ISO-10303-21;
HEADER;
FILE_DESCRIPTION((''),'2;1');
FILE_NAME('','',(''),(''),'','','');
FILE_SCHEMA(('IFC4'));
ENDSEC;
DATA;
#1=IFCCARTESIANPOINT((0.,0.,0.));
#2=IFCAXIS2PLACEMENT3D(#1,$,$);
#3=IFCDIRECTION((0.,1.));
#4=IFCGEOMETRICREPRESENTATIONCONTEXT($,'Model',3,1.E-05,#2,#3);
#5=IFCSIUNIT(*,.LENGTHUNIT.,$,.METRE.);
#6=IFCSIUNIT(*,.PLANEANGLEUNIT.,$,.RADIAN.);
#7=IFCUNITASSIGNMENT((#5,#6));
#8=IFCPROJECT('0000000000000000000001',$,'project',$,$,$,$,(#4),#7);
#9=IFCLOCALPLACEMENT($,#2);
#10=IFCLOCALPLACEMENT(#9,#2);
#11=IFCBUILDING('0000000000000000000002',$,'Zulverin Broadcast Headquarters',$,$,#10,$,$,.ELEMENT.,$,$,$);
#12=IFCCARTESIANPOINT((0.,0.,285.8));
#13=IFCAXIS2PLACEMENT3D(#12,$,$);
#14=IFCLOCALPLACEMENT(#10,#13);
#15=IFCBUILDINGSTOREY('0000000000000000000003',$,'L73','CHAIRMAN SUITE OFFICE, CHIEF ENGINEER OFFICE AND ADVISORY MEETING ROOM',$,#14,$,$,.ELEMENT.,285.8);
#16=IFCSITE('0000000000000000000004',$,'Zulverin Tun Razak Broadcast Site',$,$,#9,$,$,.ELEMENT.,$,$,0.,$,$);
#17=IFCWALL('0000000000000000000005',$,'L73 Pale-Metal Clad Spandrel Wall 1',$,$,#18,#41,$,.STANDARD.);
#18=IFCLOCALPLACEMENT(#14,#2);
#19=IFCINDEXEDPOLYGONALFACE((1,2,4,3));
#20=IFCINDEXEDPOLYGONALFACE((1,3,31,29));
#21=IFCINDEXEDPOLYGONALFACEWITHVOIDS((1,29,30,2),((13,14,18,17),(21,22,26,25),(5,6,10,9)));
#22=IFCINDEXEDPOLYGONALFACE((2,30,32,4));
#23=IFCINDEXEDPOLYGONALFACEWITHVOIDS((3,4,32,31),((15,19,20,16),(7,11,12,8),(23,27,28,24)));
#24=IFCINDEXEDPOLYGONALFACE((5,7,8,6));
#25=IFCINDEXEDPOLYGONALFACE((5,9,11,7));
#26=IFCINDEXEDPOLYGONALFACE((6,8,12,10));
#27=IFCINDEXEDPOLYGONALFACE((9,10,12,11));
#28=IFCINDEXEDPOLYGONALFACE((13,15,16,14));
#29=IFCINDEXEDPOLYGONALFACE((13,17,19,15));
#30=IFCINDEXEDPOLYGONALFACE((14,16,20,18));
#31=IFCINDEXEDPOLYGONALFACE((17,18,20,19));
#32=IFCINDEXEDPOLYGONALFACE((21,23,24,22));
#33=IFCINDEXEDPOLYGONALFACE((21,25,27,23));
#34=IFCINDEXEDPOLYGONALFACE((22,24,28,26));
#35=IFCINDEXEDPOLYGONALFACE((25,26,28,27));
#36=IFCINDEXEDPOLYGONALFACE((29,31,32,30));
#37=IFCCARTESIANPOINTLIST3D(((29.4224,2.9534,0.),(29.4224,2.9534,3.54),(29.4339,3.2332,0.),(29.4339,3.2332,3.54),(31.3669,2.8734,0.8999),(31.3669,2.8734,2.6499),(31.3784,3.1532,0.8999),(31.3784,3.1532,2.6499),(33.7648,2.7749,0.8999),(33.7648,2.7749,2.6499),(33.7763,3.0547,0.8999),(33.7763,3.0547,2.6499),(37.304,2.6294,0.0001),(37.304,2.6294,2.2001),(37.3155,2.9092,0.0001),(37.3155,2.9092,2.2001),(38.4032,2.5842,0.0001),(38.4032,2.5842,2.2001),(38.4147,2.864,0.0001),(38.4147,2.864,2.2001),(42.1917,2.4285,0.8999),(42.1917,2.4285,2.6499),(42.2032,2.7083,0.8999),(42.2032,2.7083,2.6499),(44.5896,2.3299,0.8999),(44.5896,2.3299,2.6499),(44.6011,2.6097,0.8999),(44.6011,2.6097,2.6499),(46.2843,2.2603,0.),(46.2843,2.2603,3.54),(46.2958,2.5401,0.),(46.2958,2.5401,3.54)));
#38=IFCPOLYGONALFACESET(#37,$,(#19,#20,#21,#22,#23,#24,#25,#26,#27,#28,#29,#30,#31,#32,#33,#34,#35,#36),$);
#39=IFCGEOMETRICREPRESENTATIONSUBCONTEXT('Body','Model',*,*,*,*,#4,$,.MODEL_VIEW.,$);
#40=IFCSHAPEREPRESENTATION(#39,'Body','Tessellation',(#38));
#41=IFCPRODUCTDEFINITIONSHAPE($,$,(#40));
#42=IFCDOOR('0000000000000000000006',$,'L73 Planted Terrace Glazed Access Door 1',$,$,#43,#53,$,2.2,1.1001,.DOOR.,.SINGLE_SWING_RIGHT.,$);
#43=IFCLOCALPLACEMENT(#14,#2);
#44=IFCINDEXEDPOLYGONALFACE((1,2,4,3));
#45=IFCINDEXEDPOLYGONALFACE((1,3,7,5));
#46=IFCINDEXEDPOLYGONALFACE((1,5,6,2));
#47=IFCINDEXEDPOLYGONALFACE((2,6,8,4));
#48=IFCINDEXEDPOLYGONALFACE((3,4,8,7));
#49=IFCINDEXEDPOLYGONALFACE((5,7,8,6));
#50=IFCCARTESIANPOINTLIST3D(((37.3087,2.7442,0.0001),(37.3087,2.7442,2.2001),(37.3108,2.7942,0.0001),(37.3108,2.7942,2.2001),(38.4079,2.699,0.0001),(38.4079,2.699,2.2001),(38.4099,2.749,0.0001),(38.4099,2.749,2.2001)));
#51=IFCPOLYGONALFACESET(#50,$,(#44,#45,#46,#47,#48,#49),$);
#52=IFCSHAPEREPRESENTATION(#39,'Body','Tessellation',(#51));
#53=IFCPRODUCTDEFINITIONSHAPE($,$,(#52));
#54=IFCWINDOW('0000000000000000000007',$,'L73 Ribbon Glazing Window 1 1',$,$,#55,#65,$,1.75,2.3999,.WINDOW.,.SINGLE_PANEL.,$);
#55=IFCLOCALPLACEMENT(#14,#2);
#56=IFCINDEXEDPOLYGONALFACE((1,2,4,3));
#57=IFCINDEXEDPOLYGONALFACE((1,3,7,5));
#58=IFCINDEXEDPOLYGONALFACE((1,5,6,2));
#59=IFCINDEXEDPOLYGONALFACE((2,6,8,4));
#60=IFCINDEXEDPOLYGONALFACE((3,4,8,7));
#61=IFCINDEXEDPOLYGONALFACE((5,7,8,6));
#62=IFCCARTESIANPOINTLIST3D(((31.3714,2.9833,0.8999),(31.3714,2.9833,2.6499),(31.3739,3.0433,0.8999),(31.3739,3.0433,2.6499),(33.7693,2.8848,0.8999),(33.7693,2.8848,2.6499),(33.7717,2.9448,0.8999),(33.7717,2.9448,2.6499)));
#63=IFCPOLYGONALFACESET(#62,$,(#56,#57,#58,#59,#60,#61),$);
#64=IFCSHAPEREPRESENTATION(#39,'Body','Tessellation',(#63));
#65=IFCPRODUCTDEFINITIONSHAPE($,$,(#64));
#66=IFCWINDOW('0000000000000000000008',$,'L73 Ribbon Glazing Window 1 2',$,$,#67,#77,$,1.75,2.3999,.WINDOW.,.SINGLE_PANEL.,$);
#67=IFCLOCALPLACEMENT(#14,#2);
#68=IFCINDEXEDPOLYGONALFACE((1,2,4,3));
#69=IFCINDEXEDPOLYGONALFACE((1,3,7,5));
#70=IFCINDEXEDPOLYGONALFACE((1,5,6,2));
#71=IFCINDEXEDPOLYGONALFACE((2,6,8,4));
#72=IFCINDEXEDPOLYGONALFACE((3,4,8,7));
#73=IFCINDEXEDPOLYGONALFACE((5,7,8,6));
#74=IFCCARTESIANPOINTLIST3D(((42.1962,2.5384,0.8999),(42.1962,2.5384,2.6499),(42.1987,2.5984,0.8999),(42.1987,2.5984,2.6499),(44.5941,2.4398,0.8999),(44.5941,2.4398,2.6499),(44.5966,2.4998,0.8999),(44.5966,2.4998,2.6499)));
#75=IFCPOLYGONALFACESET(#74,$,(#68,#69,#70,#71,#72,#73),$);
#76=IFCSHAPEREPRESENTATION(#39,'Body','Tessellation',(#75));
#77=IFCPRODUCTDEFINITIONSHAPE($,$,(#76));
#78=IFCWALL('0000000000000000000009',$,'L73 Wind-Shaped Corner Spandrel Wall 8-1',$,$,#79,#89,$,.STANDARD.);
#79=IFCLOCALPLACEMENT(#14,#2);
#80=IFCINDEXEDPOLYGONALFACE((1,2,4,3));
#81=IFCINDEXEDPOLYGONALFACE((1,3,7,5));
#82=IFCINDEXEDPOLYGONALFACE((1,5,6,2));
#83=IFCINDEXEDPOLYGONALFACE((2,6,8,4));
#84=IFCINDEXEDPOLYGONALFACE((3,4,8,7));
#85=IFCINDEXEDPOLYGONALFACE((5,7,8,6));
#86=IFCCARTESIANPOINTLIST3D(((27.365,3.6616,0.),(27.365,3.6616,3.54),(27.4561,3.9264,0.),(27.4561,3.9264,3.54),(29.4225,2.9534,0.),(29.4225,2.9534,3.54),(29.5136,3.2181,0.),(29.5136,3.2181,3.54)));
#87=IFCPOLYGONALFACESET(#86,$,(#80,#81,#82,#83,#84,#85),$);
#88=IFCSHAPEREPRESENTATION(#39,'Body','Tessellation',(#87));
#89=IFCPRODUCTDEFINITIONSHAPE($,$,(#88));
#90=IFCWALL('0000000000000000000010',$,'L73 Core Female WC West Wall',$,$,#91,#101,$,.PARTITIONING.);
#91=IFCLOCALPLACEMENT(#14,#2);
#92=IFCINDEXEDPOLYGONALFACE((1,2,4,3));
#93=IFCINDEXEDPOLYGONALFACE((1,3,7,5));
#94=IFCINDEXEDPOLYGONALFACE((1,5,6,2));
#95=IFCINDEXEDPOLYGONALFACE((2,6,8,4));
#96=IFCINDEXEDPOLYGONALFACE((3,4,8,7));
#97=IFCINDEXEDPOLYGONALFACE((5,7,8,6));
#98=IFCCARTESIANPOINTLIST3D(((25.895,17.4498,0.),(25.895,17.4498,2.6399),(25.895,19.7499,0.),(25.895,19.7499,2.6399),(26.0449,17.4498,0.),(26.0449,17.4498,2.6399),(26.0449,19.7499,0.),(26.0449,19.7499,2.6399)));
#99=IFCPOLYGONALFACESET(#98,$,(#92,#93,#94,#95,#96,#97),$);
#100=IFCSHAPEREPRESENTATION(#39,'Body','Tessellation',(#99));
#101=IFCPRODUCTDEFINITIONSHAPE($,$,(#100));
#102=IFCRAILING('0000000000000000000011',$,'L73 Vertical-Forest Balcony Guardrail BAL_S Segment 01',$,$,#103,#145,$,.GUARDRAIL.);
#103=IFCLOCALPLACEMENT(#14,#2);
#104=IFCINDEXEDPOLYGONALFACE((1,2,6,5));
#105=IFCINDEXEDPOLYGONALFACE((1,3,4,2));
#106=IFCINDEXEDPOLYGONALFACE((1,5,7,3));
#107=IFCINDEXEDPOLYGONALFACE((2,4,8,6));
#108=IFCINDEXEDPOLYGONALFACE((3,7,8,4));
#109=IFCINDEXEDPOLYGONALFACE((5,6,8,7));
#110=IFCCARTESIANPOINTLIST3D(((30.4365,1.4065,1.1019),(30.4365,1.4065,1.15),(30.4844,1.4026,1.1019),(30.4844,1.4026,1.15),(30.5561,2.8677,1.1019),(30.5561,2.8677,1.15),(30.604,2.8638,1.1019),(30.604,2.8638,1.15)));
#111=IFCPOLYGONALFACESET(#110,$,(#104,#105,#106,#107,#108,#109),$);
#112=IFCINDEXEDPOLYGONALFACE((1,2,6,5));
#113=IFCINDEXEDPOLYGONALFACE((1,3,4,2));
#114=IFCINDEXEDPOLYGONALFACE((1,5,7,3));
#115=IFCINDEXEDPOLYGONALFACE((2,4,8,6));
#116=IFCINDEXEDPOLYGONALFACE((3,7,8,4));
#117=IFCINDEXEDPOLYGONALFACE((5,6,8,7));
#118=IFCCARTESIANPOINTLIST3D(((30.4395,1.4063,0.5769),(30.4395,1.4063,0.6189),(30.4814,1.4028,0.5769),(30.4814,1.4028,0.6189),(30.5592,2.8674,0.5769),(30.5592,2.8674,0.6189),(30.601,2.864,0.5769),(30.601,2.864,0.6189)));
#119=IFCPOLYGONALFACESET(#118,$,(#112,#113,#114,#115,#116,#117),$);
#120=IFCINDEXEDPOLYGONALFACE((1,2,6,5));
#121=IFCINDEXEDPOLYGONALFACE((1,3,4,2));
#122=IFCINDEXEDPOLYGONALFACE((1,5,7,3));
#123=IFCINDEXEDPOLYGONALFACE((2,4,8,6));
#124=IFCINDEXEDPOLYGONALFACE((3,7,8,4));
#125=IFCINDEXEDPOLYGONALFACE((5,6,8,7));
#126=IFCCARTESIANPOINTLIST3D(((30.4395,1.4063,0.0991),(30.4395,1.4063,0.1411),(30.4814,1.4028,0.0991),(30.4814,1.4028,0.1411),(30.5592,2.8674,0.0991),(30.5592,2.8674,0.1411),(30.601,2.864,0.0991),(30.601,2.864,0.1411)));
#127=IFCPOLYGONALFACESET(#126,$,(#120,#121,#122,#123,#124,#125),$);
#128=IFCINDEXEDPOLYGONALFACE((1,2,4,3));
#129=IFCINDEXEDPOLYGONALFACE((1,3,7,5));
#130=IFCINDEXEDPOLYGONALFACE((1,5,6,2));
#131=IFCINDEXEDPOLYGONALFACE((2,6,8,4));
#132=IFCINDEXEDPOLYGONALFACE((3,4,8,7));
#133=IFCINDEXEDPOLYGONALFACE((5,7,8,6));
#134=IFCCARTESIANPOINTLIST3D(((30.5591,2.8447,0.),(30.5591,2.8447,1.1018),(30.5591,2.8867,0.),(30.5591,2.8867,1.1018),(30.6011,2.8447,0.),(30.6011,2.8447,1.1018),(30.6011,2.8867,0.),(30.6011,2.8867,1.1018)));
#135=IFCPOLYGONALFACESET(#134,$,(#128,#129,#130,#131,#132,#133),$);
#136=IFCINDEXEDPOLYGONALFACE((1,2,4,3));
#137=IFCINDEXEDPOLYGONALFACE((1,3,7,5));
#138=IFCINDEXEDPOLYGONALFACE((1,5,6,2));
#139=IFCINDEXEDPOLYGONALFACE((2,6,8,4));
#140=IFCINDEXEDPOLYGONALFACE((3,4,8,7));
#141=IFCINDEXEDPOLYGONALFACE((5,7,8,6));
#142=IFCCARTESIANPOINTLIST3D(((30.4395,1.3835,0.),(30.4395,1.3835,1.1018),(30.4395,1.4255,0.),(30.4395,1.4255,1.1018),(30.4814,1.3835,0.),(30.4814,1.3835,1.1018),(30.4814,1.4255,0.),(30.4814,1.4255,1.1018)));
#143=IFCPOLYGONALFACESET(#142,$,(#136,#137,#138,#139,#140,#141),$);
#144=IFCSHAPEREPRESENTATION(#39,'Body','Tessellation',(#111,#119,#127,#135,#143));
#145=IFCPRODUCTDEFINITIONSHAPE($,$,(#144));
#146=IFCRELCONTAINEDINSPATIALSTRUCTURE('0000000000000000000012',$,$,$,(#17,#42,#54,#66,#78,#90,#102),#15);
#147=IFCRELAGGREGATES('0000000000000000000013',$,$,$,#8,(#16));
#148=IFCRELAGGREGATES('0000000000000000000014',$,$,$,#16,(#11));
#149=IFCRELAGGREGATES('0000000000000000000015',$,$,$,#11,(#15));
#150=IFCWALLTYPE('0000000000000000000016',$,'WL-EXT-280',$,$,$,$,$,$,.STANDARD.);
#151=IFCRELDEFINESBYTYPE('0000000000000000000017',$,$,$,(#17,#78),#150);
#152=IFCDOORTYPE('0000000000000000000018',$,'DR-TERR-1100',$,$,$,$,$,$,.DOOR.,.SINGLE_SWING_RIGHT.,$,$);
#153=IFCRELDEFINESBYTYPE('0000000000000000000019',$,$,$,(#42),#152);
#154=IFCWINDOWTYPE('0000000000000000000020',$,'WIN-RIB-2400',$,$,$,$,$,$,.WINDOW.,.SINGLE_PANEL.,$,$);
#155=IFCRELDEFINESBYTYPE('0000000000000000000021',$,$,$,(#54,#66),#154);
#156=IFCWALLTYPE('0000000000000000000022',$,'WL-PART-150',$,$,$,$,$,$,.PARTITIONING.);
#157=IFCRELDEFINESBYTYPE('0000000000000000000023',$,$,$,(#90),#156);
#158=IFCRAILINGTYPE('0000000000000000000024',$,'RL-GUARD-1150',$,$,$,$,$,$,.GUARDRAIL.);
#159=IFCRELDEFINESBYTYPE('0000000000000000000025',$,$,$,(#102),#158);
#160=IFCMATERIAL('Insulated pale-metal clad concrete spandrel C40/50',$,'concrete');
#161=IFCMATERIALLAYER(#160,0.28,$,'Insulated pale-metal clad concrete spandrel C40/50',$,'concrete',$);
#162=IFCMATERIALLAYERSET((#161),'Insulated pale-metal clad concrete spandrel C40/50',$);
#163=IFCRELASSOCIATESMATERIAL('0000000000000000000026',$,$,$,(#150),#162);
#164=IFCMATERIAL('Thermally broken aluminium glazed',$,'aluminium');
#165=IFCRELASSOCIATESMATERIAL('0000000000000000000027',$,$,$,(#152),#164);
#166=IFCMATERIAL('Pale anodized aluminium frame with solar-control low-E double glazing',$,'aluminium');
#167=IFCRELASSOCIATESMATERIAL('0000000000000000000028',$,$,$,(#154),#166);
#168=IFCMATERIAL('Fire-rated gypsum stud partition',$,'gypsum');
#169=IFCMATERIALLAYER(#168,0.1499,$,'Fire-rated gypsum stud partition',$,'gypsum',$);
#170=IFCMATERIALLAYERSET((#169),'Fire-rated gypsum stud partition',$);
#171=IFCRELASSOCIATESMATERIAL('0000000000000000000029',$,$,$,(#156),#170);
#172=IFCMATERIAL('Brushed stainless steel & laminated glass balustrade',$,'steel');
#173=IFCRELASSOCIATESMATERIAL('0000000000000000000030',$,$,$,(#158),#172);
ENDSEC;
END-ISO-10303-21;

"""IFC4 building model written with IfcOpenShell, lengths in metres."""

from ifc_helpers import new_model, si_unit, direction, frame, frame_2d, origin, origin_2d, place, context, subcontext, project, spatial, rectangle, extrude, material, layer, layer_set, type_object, element, fill, save


model = new_model("IFC4")

# Units and contexts
model_context = context("Model", 3, precision=1e-05, world=origin(), true_north=direction((0.0, 1.0)))
body_context = subcontext(model_context, "Body", "Model", "MODEL_VIEW")
ifc_project = project(units=[si_unit("LENGTHUNIT", "METRE"), si_unit("PLANEANGLEUNIT", "RADIAN")], contexts=[model_context])

# Site, building, storey
site_placement = place(None, origin())
site = spatial("IfcSite", under=ifc_project, at=site_placement, Name="Zulverin Tun Razak Broadcast Site", CompositionType="ELEMENT", RefElevation=0.0)
building_placement = place(site_placement, origin())
building = spatial("IfcBuilding", under=site, at=building_placement, Name="Zulverin Broadcast Headquarters", CompositionType="ELEMENT")
storey_placement = place(building_placement, frame((0.0, 0.0, 285.8)))
storey = spatial("IfcBuildingStorey", under=building, at=storey_placement, Name="L73", Description="CHAIRMAN SUITE OFFICE, CHIEF ENGINEER OFFICE AND ADVISORY MEETING ROOM", CompositionType="ELEMENT", Elevation=285.8)

# Wall, openings, door, windows
ifc_material_1 = material(Name="Insulated pale-metal clad concrete spandrel C40/50", Category="concrete")
ifc_layer_1 = layer(ifc_material_1, 0.28, Name="Insulated pale-metal clad concrete spandrel C40/50", Category="concrete")
ifc_layer_set_1 = layer_set([ifc_layer_1], Name="Insulated pale-metal clad concrete spandrel C40/50")
wall_type_1 = type_object("IfcWallType", Name="WL-EXT-280", PredefinedType="STANDARD", material=ifc_layer_set_1)
wall_1_placement = place(storey_placement, frame((29.4282, 3.0933, 0.0), z_axis=(0.0, 0.0, 1.0), x_axis=(0.999156, -0.04107, 0.0)))
wall_1 = element("IfcWall", 1, at=wall_1_placement, inside=storey, type_object=wall_type_1, Name="L73 Pale-Metal Clad Spandrel Wall 1", PredefinedType="STANDARD", context=body_context, shape_type="SweptSolid", body=[
    extrude(rectangle(XDim=16.8762, YDim=0.28, at=frame_2d((8.438, 0.0))), origin(), (0.0, 0.0, 1.0), 3.54),
])
opening_1_placement = place(wall_1_placement, frame((7.8882, 0.0, 0.0)))
opening_1 = element("IfcOpeningElement", 2, at=opening_1_placement, cuts=wall_1, PredefinedType="OPENING", context=body_context, shape_type="SweptSolid", body=[
    extrude(rectangle(XDim=1.1001, YDim=2.2, at=frame_2d((0.55, 1.1001))), frame((0.0, 0.1499, 0.0), z_axis=(0.0, -1.0, 0.0), x_axis=(1.0, 0.0, 0.0)), (0.0, 0.0, 1.0), 0.3),
])
opening_2_placement = place(wall_1_placement, frame((1.946, 0.0, 0.8999)))
opening_2 = element("IfcOpeningElement", 3, at=opening_2_placement, cuts=wall_1, PredefinedType="OPENING", context=body_context, shape_type="SweptSolid", body=[
    extrude(rectangle(XDim=2.3999, YDim=1.75, at=frame_2d((1.2, 0.875))), frame((0.0, 0.1499, 0.0), z_axis=(0.0, -1.0, 0.0), x_axis=(1.0, 0.0, 0.0)), (0.0, 0.0, 1.0), 0.3),
])
opening_3_placement = place(wall_1_placement, frame((12.78, 0.0, 0.8999)))
opening_3 = element("IfcOpeningElement", 4, at=opening_3_placement, cuts=wall_1, PredefinedType="OPENING", context=body_context, shape_type="SweptSolid", body=[
    extrude(rectangle(XDim=2.3999, YDim=1.75, at=frame_2d((1.2, 0.875))), frame((0.0, 0.1499, 0.0), z_axis=(0.0, -1.0, 0.0), x_axis=(1.0, 0.0, 0.0)), (0.0, 0.0, 1.0), 0.3),
])
ifc_material_2 = material(Name="Thermally broken aluminium glazed", Category="aluminium")
door_type = type_object("IfcDoorType", Name="DR-TERR-1100", OperationType="SINGLE_SWING_RIGHT", PredefinedType="DOOR", material=ifc_material_2)
door_placement = place(opening_1_placement, origin())
door = element("IfcDoor", 5, at=door_placement, inside=storey, type_object=door_type, Name="L73 Planted Terrace Glazed Access Door 1", OperationType="SINGLE_SWING_RIGHT", OverallHeight=2.2, OverallWidth=1.1001, PredefinedType="DOOR", context=body_context, shape_type="SweptSolid", body=[
    extrude(rectangle(XDim=1.1001, YDim=2.2, at=frame_2d((0.55, 1.1001))), frame((0.0, 0.0249, 0.0), z_axis=(0.0, -1.0, 0.0), x_axis=(1.0, 0.0, 0.0)), (0.0, 0.0, 1.0), 0.05),
])
fill(opening_1, door)
ifc_material_3 = material(Name="Pale anodized aluminium frame with solar-control low-E double glazing", Category="aluminium")
window_type = type_object("IfcWindowType", Name="WIN-RIB-2400", PartitioningType="SINGLE_PANEL", PredefinedType="WINDOW", material=ifc_material_3)
window_1_placement = place(opening_2_placement, origin())
window_1 = element("IfcWindow", 6, at=window_1_placement, inside=storey, type_object=window_type, Name="L73 Ribbon Glazing Window 1 1", OverallHeight=1.75, OverallWidth=2.3999, PartitioningType="SINGLE_PANEL", PredefinedType="WINDOW", context=body_context, shape_type="SweptSolid", body=[
    extrude(rectangle(XDim=2.3999, YDim=1.75, at=frame_2d((1.2, 0.875))), frame((0.0, 0.03, 0.0), z_axis=(0.0, -1.0, 0.0), x_axis=(1.0, 0.0, 0.0)), (0.0, 0.0, 1.0), 0.0601),
])
fill(opening_2, window_1)
window_2_placement = place(opening_3_placement, origin())
window_2 = element("IfcWindow", 7, at=window_2_placement, inside=storey, type_object=window_type, Name="L73 Ribbon Glazing Window 1 2", OverallHeight=1.75, OverallWidth=2.3999, PartitioningType="SINGLE_PANEL", PredefinedType="WINDOW", context=body_context, shape_type="SweptSolid", body=[
    extrude(rectangle(XDim=2.3999, YDim=1.75, at=frame_2d((1.2, 0.875))), frame((0.0, 0.03, 0.0), z_axis=(0.0, -1.0, 0.0), x_axis=(1.0, 0.0, 0.0)), (0.0, 0.0, 1.0), 0.0601),
])
fill(opening_3, window_2)

# Walls
wall_2_placement = place(storey_placement, frame((27.4106, 3.7939, 0.0), z_axis=(0.0, 0.0, 1.0), x_axis=(0.945553, -0.325469, 0.0)))
element("IfcWall", 8, at=wall_2_placement, inside=storey, type_object=wall_type_1, Name="L73 Wind-Shaped Corner Spandrel Wall 8-1", PredefinedType="STANDARD", context=body_context, shape_type="SweptSolid", body=[
    extrude(rectangle(XDim=2.176, YDim=0.28, at=frame_2d((1.0879, 0.0))), origin(), (0.0, 0.0, 1.0), 3.54),
])
ifc_material_4 = material(Name="Fire-rated gypsum stud partition", Category="gypsum")
ifc_layer_2 = layer(ifc_material_4, 0.1499, Name="Fire-rated gypsum stud partition", Category="gypsum")
ifc_layer_set_2 = layer_set([ifc_layer_2], Name="Fire-rated gypsum stud partition")
wall_type_2 = type_object("IfcWallType", Name="WL-PART-150", PredefinedType="PARTITIONING", material=ifc_layer_set_2)
wall_3_placement = place(storey_placement, frame((25.97, 17.45, 0.0), z_axis=(0.0, 0.0, 1.0), x_axis=(0.0, 1.0, 0.0)))
element("IfcWall", 9, at=wall_3_placement, inside=storey, type_object=wall_type_2, Name="L73 Core Female WC West Wall", PredefinedType="PARTITIONING", context=body_context, shape_type="SweptSolid", body=[
    extrude(rectangle(XDim=2.3, YDim=0.1499, at=frame_2d((1.1499, 0.0))), origin(), (0.0, 0.0, 1.0), 2.6399),
])

# Railing
ifc_material_5 = material(Name="Brushed stainless steel & laminated glass balustrade", Category="steel")
railing_type = type_object("IfcRailingType", Name="RL-GUARD-1150", PredefinedType="GUARDRAIL", material=ifc_material_5)
railing_1_placement = place(storey_placement, frame((30.5801, 2.8657, 0.0)))
element("IfcRailing", 10, at=railing_1_placement, inside=storey, type_object=railing_type, Name="L73 Vertical-Forest Balcony Guardrail BAL_S Segment 01", PredefinedType="GUARDRAIL", context=body_context, shape_type="SweptSolid", body=[
    extrude(rectangle(XDim=0.0481, YDim=0.0481, at=origin_2d()), frame((0.0, 0.0, 1.126), z_axis=(-0.081598, -0.996665, 0.0), x_axis=(0.996665, -0.081598, 0.0)), (0.0, 0.0, 1.0), 1.4661),
    extrude(rectangle(XDim=0.042, YDim=0.042, at=origin_2d()), frame((0.0, 0.0, 0.5979), z_axis=(-0.081598, -0.996665, 0.0), x_axis=(0.996665, -0.081598, 0.0)), (0.0, 0.0, 1.0), 1.4661),
    extrude(rectangle(XDim=0.042, YDim=0.042, at=origin_2d()), frame((0.0, 0.0, 0.1201), z_axis=(-0.081598, -0.996665, 0.0), x_axis=(0.996665, -0.081598, 0.0)), (0.0, 0.0, 1.0), 1.4661),
    extrude(rectangle(XDim=0.042, YDim=0.042, at=origin_2d()), origin(), (0.0, 0.0, 1.0), 1.1018),
    extrude(rectangle(XDim=0.042, YDim=0.042, at=origin_2d()), frame((-0.1196, -1.4612, 0.0)), (0.0, 0.0, 1.0), 1.1018),
])

save(model, "model.ifc")
